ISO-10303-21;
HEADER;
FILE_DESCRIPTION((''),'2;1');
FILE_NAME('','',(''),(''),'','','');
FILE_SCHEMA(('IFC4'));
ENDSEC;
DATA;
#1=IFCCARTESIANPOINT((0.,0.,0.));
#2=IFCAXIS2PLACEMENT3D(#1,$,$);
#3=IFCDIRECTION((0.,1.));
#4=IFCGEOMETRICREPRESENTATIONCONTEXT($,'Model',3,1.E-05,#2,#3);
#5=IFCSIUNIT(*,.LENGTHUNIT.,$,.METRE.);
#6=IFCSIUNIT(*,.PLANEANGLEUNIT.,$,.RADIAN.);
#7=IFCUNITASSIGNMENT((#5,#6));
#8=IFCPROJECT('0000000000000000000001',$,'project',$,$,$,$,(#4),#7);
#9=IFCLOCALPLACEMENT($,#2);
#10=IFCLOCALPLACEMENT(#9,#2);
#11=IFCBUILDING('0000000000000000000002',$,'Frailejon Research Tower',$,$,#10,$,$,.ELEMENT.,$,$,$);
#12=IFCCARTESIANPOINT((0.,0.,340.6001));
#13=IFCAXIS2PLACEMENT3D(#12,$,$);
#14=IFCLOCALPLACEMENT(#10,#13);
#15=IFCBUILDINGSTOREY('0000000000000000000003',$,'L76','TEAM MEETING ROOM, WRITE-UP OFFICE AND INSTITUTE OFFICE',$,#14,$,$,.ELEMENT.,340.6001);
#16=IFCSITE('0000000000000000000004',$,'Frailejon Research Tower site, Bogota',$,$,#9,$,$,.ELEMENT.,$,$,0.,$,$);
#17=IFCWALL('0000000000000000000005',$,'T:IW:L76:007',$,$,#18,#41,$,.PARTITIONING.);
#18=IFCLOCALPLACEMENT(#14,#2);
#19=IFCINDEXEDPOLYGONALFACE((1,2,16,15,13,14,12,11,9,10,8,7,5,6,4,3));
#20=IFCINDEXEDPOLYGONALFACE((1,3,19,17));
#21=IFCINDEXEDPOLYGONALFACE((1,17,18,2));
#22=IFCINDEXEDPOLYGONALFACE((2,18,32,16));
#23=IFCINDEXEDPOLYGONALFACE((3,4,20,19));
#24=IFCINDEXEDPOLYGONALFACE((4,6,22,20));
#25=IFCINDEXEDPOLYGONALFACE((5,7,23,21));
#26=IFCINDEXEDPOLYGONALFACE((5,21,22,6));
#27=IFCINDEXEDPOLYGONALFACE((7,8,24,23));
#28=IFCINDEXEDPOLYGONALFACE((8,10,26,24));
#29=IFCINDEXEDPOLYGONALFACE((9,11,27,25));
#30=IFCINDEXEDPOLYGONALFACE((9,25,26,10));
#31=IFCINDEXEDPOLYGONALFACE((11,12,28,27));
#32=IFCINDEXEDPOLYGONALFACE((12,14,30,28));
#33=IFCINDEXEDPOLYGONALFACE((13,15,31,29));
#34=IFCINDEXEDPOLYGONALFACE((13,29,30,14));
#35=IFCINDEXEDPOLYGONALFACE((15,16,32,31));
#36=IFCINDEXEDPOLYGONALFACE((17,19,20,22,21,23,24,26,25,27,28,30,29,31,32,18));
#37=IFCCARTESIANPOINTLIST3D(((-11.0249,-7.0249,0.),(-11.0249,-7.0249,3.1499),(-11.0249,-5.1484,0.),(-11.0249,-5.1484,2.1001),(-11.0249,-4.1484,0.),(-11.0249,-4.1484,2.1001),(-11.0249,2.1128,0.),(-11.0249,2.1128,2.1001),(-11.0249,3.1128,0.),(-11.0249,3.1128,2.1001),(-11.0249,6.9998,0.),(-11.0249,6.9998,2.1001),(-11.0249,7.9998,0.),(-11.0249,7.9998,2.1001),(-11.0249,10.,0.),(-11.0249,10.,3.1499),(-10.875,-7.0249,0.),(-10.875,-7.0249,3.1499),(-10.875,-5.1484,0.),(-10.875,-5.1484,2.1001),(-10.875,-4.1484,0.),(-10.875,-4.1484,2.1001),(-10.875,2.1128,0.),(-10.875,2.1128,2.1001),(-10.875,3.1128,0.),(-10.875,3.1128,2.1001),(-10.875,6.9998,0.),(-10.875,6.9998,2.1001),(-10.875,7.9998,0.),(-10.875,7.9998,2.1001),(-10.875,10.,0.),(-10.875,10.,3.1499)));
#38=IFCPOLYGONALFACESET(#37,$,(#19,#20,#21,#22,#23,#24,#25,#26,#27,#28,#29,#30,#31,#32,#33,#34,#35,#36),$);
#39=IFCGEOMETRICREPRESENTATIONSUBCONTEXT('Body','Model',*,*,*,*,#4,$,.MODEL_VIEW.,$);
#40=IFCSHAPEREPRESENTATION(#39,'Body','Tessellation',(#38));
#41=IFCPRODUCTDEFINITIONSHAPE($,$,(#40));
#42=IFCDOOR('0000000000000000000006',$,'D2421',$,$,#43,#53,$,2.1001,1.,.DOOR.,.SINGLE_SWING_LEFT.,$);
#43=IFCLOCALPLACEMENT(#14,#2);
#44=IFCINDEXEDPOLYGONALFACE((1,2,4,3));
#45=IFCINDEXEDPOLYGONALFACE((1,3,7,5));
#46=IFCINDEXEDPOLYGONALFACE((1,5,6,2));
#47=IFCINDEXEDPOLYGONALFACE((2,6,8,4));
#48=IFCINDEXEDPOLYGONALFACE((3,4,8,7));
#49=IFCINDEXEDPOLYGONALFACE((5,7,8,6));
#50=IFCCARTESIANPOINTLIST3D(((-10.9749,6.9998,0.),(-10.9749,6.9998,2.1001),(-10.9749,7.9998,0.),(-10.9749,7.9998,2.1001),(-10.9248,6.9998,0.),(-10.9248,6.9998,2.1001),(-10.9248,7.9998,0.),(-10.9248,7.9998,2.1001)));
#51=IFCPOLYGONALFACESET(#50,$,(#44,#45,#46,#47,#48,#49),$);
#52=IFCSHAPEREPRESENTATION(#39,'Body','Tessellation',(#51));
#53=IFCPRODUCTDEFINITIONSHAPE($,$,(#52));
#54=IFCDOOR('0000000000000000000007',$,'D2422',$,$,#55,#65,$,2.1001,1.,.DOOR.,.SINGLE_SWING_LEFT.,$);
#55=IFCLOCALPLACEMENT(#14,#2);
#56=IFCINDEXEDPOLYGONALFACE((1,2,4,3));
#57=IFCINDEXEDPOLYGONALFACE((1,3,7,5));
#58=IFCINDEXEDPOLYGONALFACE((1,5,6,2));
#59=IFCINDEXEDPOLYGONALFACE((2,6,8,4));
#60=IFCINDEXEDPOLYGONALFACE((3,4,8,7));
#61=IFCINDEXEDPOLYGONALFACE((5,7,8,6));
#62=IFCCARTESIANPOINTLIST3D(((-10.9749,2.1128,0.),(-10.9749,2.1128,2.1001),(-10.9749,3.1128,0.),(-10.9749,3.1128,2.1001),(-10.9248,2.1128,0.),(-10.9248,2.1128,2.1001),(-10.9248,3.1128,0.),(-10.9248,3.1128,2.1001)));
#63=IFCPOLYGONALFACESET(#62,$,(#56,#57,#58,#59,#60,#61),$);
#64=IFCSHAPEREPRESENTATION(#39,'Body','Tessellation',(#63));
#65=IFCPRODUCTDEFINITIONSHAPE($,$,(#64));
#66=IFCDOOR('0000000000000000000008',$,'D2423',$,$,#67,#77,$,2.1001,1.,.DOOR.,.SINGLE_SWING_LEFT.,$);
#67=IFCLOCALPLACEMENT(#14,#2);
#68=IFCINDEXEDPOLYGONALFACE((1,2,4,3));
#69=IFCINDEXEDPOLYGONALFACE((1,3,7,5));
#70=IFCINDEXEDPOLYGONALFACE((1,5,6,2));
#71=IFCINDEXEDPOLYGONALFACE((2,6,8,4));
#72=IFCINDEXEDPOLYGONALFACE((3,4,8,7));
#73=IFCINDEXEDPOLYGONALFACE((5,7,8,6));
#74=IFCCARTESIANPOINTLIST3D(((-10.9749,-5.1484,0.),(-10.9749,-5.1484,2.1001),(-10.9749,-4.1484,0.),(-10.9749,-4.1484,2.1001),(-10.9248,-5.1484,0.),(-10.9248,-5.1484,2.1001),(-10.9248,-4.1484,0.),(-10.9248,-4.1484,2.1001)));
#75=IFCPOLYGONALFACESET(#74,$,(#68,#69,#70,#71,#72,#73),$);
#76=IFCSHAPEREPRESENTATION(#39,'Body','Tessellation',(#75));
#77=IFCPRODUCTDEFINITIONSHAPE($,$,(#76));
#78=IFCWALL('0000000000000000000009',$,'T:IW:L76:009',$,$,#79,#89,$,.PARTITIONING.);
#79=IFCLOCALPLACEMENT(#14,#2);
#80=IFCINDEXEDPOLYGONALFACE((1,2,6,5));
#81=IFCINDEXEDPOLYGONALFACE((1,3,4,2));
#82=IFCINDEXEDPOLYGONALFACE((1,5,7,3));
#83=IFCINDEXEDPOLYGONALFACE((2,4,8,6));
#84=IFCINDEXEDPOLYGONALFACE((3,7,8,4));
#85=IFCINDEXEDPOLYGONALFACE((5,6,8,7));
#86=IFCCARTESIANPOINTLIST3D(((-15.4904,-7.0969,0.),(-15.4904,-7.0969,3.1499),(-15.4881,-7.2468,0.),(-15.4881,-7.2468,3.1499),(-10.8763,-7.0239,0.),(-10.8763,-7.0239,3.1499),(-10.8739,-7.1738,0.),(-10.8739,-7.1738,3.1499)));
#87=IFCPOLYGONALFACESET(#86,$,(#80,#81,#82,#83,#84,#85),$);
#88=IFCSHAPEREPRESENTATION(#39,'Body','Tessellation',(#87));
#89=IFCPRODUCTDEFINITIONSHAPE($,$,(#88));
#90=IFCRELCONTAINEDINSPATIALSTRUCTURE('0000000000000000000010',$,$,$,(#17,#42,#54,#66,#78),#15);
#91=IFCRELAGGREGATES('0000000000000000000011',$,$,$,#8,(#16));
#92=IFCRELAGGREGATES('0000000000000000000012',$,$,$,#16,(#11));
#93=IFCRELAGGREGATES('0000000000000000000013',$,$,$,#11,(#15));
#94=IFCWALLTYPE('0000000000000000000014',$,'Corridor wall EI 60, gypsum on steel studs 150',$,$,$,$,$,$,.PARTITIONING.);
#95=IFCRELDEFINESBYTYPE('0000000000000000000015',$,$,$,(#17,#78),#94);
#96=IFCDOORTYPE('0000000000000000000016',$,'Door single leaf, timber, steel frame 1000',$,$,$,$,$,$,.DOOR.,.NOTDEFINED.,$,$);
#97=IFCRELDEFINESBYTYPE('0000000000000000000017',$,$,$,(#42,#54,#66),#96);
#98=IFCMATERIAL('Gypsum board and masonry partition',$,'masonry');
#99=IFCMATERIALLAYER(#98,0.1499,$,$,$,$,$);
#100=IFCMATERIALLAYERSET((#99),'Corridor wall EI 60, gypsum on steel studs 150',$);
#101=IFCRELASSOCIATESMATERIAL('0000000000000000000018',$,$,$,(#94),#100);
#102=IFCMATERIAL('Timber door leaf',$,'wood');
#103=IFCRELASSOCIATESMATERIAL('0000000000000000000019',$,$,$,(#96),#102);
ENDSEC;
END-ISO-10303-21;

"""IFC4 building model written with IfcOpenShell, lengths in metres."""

from ifc_helpers import new_model, si_unit, direction, frame, frame_2d, origin, place, context, subcontext, project, spatial, rectangle, extrude, material, layer, layer_set, type_object, element, fill, save


model = new_model("IFC4")

# Units and contexts
model_context = context("Model", 3, precision=1e-05, world=origin(), true_north=direction((0.0, 1.0)))
body_context = subcontext(model_context, "Body", "Model", "MODEL_VIEW")
ifc_project = project(units=[si_unit("LENGTHUNIT", "METRE"), si_unit("PLANEANGLEUNIT", "RADIAN")], contexts=[model_context])

# Site, building, storey
site_placement = place(None, origin())
site = spatial("IfcSite", under=ifc_project, at=site_placement, Name="Frailejon Research Tower site, Bogota", CompositionType="ELEMENT", RefElevation=0.0)
building_placement = place(site_placement, origin())
building = spatial("IfcBuilding", under=site, at=building_placement, Name="Frailejon Research Tower", CompositionType="ELEMENT")
storey_placement = place(building_placement, frame((0.0, 0.0, 340.6001)))
storey = spatial("IfcBuildingStorey", under=building, at=storey_placement, Name="L76", Description="TEAM MEETING ROOM, WRITE-UP OFFICE AND INSTITUTE OFFICE", CompositionType="ELEMENT", Elevation=340.6001)

# Wall, openings, doors
ifc_material_1 = material(Name="Gypsum board and masonry partition", Category="masonry")
ifc_layer_1 = layer(ifc_material_1, 0.1499)
ifc_layer_set_1 = layer_set([ifc_layer_1], Name="Corridor wall EI 60, gypsum on steel studs 150")
wall_type_1 = type_object("IfcWallType", Name="Corridor wall EI 60, gypsum on steel studs 150", PredefinedType="PARTITIONING", material=ifc_layer_set_1)
wall_1_placement = place(storey_placement, frame((-10.95, -7.0249, 0.0), z_axis=(0.0, 0.0, 1.0), x_axis=(0.0, 1.0, 0.0)))
wall_1 = element("IfcWall", 1, at=wall_1_placement, inside=storey, type_object=wall_type_1, Name="T:IW:L76:007", PredefinedType="PARTITIONING", context=body_context, shape_type="SweptSolid", body=[
    extrude(rectangle(XDim=17.0249, YDim=0.1499, at=frame_2d((8.5125, 0.0))), origin(), (0.0, 0.0, 1.0), 3.1499),
])
opening_1_placement = place(wall_1_placement, frame((14.0247, 0.0, 0.0)))
opening_1 = element("IfcOpeningElement", 2, at=opening_1_placement, cuts=wall_1, PredefinedType="OPENING", context=body_context, shape_type="SweptSolid", body=[
    extrude(rectangle(XDim=1.0, YDim=2.1001, at=frame_2d((0.5, 1.05))), frame((0.0, 0.085, 0.0), z_axis=(0.0, -1.0, 0.0), x_axis=(1.0, 0.0, 0.0)), (0.0, 0.0, 1.0), 0.1699),
])
opening_2_placement = place(wall_1_placement, frame((9.1377, 0.0, 0.0)))
opening_2 = element("IfcOpeningElement", 3, at=opening_2_placement, cuts=wall_1, PredefinedType="OPENING", context=body_context, shape_type="SweptSolid", body=[
    extrude(rectangle(XDim=1.0, YDim=2.1001, at=frame_2d((0.5, 1.05))), frame((0.0, 0.085, 0.0), z_axis=(0.0, -1.0, 0.0), x_axis=(1.0, 0.0, 0.0)), (0.0, 0.0, 1.0), 0.1699),
])
opening_3_placement = place(wall_1_placement, frame((1.8765, 0.0, 0.0)))
opening_3 = element("IfcOpeningElement", 4, at=opening_3_placement, cuts=wall_1, PredefinedType="OPENING", context=body_context, shape_type="SweptSolid", body=[
    extrude(rectangle(XDim=1.0, YDim=2.1001, at=frame_2d((0.5, 1.05))), frame((0.0, 0.085, 0.0), z_axis=(0.0, -1.0, 0.0), x_axis=(1.0, 0.0, 0.0)), (0.0, 0.0, 1.0), 0.1699),
])
ifc_material_2 = material(Name="Timber door leaf", Category="wood")
door_type_1 = type_object("IfcDoorType", Name="Door single leaf, timber, steel frame 1000", OperationType="NOTDEFINED", PredefinedType="DOOR", material=ifc_material_2)
door_1_placement = place(opening_1_placement, origin())
door_1 = element("IfcDoor", 5, at=door_1_placement, inside=storey, type_object=door_type_1, Name="D2421", OperationType="SINGLE_SWING_LEFT", OverallHeight=2.1001, OverallWidth=1.0, PredefinedType="DOOR", context=body_context, shape_type="SweptSolid", body=[
    extrude(rectangle(XDim=1.0, YDim=2.1001, at=frame_2d((0.5, 1.05))), frame((0.0, 0.0249, 0.0), z_axis=(0.0, -1.0, 0.0), x_axis=(1.0, 0.0, 0.0)), (0.0, 0.0, 1.0), 0.05),
])
fill(opening_1, door_1)
door_2_placement = place(opening_2_placement, origin())
door_2 = element("IfcDoor", 6, at=door_2_placement, inside=storey, type_object=door_type_1, Name="D2422", OperationType="SINGLE_SWING_LEFT", OverallHeight=2.1001, OverallWidth=1.0, PredefinedType="DOOR", context=body_context, shape_type="SweptSolid", body=[
    extrude(rectangle(XDim=1.0, YDim=2.1001, at=frame_2d((0.5, 1.05))), frame((0.0, 0.0249, 0.0), z_axis=(0.0, -1.0, 0.0), x_axis=(1.0, 0.0, 0.0)), (0.0, 0.0, 1.0), 0.05),
])
fill(opening_2, door_2)
door_3_placement = place(opening_3_placement, origin())
door_3 = element("IfcDoor", 7, at=door_3_placement, inside=storey, type_object=door_type_1, Name="D2423", OperationType="SINGLE_SWING_LEFT", OverallHeight=2.1001, OverallWidth=1.0, PredefinedType="DOOR", context=body_context, shape_type="SweptSolid", body=[
    extrude(rectangle(XDim=1.0, YDim=2.1001, at=frame_2d((0.5, 1.05))), frame((0.0, 0.0249, 0.0), z_axis=(0.0, -1.0, 0.0), x_axis=(1.0, 0.0, 0.0)), (0.0, 0.0, 1.0), 0.05),
])
fill(opening_3, door_3)

# Wall
wall_2_placement = place(storey_placement, frame((-15.4893, -7.1719, 0.0), z_axis=(0.0, 0.0, 1.0), x_axis=(0.999875, 0.015818, 0.0)))
element("IfcWall", 8, at=wall_2_placement, inside=storey, type_object=wall_type_1, Name="T:IW:L76:009", PredefinedType="PARTITIONING", context=body_context, shape_type="SweptSolid", body=[
    extrude(rectangle(XDim=4.6147, YDim=0.1499, at=frame_2d((2.3074, 0.0))), origin(), (0.0, 0.0, 1.0), 3.1499),
])

save(model, "model.ifc")
